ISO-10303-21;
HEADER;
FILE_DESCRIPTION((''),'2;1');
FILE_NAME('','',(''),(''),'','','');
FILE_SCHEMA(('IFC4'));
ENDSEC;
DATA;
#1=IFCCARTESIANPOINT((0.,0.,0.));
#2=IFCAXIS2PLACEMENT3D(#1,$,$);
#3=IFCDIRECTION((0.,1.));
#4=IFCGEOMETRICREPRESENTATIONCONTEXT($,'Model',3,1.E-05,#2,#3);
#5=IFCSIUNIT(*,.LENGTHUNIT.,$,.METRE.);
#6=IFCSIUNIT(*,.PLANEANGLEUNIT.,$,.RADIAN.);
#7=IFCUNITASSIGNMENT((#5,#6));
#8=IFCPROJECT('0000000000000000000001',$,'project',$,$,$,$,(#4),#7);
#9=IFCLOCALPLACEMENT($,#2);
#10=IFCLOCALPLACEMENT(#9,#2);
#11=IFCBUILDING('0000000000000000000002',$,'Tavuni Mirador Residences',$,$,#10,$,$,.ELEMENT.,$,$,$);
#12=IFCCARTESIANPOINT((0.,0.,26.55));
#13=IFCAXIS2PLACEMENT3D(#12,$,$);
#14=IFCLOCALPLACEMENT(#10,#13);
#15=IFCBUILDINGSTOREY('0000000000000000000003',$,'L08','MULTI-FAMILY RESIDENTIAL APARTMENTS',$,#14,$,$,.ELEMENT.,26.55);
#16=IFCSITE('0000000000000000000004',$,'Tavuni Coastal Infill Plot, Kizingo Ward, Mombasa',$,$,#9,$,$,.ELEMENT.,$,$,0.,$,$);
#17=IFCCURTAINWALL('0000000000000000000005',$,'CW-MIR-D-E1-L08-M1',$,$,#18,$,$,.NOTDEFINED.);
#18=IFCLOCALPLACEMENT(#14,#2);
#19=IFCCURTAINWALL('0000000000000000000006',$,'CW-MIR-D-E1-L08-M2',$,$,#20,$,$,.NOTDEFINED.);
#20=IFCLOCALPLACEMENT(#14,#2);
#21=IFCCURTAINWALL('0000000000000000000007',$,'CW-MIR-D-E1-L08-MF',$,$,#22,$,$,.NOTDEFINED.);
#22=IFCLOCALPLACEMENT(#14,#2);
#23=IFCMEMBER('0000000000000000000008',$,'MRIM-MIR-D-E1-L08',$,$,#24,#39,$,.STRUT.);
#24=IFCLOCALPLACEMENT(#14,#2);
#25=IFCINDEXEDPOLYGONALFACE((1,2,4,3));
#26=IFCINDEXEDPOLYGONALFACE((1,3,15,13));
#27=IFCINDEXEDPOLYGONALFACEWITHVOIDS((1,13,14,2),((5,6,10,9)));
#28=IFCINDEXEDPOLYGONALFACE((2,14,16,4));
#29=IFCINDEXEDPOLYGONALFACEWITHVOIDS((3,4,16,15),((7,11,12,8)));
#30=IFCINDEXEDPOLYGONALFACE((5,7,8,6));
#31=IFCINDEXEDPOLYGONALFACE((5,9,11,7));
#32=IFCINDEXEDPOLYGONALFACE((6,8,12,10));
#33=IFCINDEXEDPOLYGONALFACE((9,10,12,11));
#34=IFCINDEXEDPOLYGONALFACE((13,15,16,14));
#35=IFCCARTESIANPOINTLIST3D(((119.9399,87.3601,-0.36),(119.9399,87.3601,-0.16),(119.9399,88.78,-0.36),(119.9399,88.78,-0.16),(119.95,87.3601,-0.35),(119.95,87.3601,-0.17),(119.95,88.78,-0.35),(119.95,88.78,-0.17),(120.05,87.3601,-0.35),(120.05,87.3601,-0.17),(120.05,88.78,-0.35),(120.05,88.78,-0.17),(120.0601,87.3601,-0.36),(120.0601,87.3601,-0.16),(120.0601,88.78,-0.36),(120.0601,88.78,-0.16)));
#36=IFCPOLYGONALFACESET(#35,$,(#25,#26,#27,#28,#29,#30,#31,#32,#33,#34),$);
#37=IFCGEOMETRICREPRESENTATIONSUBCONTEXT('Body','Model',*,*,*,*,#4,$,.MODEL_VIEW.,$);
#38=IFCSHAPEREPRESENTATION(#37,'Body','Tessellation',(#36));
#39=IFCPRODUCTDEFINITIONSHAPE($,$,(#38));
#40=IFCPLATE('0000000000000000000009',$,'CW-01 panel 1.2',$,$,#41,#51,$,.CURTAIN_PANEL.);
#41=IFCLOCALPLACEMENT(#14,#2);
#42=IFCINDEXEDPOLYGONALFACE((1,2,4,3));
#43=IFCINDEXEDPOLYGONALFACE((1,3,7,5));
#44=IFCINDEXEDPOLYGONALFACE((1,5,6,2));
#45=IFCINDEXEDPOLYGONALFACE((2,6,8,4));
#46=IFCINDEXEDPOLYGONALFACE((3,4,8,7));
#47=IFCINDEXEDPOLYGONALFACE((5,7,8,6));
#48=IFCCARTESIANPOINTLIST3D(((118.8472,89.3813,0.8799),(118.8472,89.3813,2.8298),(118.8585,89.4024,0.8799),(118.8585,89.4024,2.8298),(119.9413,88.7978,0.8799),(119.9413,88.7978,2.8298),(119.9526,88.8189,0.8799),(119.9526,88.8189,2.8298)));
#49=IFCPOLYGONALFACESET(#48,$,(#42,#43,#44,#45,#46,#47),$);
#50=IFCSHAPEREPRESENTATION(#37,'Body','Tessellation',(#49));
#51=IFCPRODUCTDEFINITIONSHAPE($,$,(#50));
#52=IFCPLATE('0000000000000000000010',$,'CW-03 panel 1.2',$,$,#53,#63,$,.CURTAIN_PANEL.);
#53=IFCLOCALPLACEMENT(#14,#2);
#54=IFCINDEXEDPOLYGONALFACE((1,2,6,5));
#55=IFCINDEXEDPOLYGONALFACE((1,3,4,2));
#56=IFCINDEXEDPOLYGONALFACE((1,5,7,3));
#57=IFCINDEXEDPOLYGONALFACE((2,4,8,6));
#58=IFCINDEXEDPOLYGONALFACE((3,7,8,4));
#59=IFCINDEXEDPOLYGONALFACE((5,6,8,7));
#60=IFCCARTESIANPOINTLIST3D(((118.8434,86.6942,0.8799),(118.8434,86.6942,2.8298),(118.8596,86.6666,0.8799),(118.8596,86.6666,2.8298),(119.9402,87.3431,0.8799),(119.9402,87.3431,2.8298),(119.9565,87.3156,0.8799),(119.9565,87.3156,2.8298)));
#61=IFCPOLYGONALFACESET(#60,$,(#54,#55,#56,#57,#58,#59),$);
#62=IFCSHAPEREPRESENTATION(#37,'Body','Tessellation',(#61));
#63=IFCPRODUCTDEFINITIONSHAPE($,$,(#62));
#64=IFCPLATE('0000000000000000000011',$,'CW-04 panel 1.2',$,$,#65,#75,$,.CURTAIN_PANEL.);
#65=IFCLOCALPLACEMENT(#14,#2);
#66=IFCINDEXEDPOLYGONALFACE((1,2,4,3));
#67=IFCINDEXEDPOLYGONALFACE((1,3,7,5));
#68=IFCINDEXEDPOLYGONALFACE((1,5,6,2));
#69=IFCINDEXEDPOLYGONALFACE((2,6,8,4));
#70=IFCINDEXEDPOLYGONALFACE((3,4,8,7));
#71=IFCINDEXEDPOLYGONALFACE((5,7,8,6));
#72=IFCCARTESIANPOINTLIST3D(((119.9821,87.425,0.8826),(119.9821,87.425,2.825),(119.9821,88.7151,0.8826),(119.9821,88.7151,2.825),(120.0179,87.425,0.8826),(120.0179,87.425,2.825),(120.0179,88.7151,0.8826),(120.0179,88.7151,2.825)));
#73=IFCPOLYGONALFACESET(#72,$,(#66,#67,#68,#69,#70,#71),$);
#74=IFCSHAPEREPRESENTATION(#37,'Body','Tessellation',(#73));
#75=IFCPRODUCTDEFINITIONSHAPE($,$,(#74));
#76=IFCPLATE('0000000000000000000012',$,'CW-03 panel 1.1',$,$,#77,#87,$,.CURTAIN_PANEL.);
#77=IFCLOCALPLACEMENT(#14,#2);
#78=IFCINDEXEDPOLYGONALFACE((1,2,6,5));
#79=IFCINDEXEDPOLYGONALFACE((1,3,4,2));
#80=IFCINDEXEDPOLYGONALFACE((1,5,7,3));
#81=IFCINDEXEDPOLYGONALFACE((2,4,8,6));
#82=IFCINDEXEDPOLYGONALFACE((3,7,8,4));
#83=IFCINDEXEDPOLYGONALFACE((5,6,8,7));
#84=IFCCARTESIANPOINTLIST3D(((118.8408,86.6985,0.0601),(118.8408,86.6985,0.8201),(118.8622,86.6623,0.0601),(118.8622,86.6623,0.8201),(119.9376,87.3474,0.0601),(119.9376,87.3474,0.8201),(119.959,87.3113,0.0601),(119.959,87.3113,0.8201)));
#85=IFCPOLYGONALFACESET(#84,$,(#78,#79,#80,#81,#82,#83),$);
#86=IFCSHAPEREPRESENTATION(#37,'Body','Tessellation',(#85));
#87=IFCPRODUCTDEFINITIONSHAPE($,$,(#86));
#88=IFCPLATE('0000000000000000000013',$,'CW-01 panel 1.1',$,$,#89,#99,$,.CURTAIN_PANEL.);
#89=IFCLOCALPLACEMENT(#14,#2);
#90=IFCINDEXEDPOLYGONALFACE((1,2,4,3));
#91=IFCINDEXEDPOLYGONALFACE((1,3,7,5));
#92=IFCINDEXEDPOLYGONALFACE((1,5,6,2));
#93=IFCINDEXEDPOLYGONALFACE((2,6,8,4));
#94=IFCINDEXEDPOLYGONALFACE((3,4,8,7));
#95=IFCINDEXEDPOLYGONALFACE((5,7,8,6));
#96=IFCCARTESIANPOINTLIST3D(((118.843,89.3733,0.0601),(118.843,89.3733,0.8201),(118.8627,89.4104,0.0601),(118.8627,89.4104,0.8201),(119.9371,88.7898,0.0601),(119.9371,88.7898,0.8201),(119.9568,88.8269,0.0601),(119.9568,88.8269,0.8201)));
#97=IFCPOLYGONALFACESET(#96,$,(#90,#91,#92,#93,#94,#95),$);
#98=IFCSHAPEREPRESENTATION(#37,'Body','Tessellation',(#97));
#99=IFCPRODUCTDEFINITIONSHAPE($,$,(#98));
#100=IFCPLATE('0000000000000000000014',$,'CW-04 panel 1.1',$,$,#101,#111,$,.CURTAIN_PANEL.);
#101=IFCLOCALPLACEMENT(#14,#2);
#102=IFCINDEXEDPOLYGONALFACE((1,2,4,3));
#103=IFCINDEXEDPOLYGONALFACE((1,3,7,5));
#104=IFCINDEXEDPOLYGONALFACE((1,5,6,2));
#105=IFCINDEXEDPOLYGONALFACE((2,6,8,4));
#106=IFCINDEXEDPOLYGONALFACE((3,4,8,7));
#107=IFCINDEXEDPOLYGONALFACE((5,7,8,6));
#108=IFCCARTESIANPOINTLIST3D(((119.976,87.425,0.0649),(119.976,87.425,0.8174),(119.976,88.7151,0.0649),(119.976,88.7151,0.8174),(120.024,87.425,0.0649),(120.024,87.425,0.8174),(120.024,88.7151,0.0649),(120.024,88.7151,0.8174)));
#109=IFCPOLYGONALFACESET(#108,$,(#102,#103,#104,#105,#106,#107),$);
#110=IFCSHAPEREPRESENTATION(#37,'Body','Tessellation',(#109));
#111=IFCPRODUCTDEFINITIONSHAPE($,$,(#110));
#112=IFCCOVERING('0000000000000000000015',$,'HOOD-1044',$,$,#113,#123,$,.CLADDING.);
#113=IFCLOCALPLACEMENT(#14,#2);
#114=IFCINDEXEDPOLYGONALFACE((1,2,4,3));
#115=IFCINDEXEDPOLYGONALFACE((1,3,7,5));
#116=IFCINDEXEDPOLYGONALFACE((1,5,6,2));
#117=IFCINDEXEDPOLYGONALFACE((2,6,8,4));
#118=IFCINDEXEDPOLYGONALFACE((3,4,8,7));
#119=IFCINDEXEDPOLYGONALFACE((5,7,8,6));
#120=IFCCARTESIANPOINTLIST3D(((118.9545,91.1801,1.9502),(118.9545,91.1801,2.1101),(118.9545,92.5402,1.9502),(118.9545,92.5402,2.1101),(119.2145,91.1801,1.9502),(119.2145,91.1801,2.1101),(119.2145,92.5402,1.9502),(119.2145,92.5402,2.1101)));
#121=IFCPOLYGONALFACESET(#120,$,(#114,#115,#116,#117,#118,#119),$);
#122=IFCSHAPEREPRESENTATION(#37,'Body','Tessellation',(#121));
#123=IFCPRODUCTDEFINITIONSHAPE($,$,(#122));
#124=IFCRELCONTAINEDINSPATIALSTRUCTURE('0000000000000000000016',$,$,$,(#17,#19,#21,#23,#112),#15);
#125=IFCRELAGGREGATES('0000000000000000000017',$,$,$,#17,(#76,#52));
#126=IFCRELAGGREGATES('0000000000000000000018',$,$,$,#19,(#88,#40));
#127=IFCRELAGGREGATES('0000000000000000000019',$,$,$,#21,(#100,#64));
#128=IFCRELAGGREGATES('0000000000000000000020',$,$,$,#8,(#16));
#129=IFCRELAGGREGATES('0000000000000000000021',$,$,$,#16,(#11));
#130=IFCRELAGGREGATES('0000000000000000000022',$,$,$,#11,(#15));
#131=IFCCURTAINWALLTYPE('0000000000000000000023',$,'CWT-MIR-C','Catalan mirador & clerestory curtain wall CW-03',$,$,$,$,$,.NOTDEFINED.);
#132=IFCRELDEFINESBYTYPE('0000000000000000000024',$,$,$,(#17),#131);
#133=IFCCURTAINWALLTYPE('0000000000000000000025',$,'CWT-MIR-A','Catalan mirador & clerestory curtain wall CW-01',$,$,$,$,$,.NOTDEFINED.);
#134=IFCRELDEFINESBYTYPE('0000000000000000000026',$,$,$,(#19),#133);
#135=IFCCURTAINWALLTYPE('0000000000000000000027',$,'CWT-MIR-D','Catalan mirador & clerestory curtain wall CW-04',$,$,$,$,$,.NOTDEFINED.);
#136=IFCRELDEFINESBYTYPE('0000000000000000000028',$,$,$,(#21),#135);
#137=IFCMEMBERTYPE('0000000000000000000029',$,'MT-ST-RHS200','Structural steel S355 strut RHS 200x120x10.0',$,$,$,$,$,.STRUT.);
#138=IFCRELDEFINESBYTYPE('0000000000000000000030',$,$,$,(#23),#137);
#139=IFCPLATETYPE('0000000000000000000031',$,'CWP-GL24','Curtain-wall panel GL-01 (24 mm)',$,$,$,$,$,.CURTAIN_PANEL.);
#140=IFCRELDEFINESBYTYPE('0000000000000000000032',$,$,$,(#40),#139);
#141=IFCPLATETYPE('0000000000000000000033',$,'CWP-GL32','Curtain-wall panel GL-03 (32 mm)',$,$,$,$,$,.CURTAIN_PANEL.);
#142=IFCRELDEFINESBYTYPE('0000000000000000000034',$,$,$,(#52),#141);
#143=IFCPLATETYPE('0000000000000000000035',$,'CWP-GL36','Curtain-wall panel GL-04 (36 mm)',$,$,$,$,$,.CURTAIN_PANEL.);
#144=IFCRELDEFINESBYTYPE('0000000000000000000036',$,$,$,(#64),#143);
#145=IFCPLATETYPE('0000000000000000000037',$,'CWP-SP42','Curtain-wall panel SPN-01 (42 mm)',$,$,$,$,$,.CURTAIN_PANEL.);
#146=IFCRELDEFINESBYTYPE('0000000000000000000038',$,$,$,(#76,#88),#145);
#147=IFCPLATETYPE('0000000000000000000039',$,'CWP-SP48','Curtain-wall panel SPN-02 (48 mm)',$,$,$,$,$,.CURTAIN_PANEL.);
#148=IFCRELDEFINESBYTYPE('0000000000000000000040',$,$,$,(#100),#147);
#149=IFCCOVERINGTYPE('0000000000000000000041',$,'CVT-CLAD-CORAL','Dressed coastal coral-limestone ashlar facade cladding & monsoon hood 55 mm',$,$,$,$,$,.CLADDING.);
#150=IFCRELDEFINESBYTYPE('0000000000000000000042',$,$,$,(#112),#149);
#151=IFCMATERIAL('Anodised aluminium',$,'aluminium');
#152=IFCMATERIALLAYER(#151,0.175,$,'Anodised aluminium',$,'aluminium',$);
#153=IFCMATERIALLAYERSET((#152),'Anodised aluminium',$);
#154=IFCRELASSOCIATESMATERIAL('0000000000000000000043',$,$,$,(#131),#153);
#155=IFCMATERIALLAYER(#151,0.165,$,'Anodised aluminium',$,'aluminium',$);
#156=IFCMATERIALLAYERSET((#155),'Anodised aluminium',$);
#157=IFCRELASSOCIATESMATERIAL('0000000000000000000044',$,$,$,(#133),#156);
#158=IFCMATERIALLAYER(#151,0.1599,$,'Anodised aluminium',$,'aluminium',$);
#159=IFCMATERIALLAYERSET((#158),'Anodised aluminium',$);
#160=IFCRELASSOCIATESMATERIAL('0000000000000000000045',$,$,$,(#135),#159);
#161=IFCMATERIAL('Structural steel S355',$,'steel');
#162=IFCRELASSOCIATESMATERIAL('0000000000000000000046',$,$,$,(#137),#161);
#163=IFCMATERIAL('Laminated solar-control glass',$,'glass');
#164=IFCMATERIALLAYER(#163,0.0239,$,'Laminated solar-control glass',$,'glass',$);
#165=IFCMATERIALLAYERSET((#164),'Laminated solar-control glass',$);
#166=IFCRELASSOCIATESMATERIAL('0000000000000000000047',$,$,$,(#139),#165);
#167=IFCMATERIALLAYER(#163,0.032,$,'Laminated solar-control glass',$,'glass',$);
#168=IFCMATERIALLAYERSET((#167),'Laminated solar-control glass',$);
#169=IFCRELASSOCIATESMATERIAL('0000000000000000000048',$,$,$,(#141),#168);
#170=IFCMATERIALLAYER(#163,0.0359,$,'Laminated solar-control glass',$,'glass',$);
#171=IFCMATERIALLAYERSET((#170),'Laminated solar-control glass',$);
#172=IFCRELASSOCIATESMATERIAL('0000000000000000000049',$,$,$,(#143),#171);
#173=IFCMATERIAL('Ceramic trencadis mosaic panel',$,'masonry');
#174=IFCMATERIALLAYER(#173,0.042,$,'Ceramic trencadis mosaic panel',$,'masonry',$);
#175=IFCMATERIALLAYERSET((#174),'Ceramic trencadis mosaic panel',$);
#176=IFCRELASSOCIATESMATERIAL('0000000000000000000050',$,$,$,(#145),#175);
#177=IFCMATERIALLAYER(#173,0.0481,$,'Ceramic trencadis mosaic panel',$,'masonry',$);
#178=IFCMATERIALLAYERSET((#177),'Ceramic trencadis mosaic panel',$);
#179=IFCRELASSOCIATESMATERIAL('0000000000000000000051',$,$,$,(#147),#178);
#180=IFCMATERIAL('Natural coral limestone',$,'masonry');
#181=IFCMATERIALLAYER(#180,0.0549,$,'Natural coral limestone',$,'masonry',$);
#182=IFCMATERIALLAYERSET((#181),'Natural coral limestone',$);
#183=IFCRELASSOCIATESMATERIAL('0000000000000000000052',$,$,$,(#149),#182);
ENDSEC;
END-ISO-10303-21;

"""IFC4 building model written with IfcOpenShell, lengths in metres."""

from ifc_helpers import new_model, si_unit, direction, frame, origin, origin_2d, place, context, subcontext, project, spatial, rectangle, hollow_rectangle, extrude, material, layer, layer_set, material_profile, profile_set, type_object, element, aggregate, save


model = new_model("IFC4")

# Units and contexts
model_context = context("Model", 3, precision=1e-05, world=origin(), true_north=direction((0.0, 1.0)))
body_context = subcontext(model_context, "Body", "Model", "MODEL_VIEW")
ifc_project = project(units=[si_unit("LENGTHUNIT", "METRE"), si_unit("PLANEANGLEUNIT", "RADIAN")], contexts=[model_context])

# Site, building, storey
site_placement = place(None, origin())
site = spatial("IfcSite", under=ifc_project, at=site_placement, Name="Tavuni Coastal Infill Plot, Kizingo Ward, Mombasa", CompositionType="ELEMENT", RefElevation=0.0)
building_placement = place(site_placement, origin())
building = spatial("IfcBuilding", under=site, at=building_placement, Name="Tavuni Mirador Residences", CompositionType="ELEMENT")
storey_placement = place(building_placement, frame((0.0, 0.0, 26.55)))
storey = spatial("IfcBuildingStorey", under=building, at=storey_placement, Name="L08", Description="MULTI-FAMILY RESIDENTIAL APARTMENTS", CompositionType="ELEMENT", Elevation=26.55)

# Curtain walls
ifc_material_1 = material(Name="Anodised aluminium", Category="aluminium")
ifc_layer_1 = layer(ifc_material_1, 0.175, Name="Anodised aluminium", Category="aluminium")
ifc_layer_set_1 = layer_set([ifc_layer_1], Name="Anodised aluminium")
curtain_wall_type_1 = type_object("IfcCurtainWallType", Name="CWT-MIR-C", Description="Catalan mirador & clerestory curtain wall CW-03", PredefinedType="NOTDEFINED", material=ifc_layer_set_1)
curtain_wall_1_placement = place(storey_placement, origin())
curtain_wall_1 = element("IfcCurtainWall", 1, at=curtain_wall_1_placement, inside=storey, type_object=curtain_wall_type_1, Name="CW-MIR-D-E1-L08-M1", PredefinedType="NOTDEFINED")
ifc_layer_2 = layer(ifc_material_1, 0.165, Name="Anodised aluminium", Category="aluminium")
ifc_layer_set_2 = layer_set([ifc_layer_2], Name="Anodised aluminium")
curtain_wall_type_2 = type_object("IfcCurtainWallType", Name="CWT-MIR-A", Description="Catalan mirador & clerestory curtain wall CW-01", PredefinedType="NOTDEFINED", material=ifc_layer_set_2)
curtain_wall_2_placement = place(storey_placement, origin())
curtain_wall_2 = element("IfcCurtainWall", 2, at=curtain_wall_2_placement, inside=storey, type_object=curtain_wall_type_2, Name="CW-MIR-D-E1-L08-M2", PredefinedType="NOTDEFINED")

# Curtain wall
ifc_layer_3 = layer(ifc_material_1, 0.1599, Name="Anodised aluminium", Category="aluminium")
ifc_layer_set_3 = layer_set([ifc_layer_3], Name="Anodised aluminium")
curtain_wall_type_3 = type_object("IfcCurtainWallType", Name="CWT-MIR-D", Description="Catalan mirador & clerestory curtain wall CW-04", PredefinedType="NOTDEFINED", material=ifc_layer_set_3)
curtain_wall_3_placement = place(storey_placement, origin())
curtain_wall_3 = element("IfcCurtainWall", 3, at=curtain_wall_3_placement, inside=storey, type_object=curtain_wall_type_3, Name="CW-MIR-D-E1-L08-MF", PredefinedType="NOTDEFINED")

# Member
ifc_material_2 = material(Name="Structural steel S355", Category="steel")
ifc_material_profile_1 = material_profile(ifc_material_2, hollow_rectangle(XDim=0.1201, YDim=0.2, WallThickness=0.01, at=origin_2d()), Name="RHS 200x120x10.0", Category="steel")
ifc_profile_set_1 = profile_set([ifc_material_profile_1], Name="Structural steel S355")
member_type_1 = type_object("IfcMemberType", Name="MT-ST-RHS200", Description="Structural steel S355 strut RHS 200x120x10.0", PredefinedType="STRUT", material=ifc_profile_set_1)
member_1_placement = place(storey_placement, frame((120.0, 87.3601, -0.26), z_axis=(0.0, 1.0, 0.0), x_axis=(-1.0, 0.0, 0.0)))
element("IfcMember", 4, at=member_1_placement, inside=storey, type_object=member_type_1, Name="MRIM-MIR-D-E1-L08", PredefinedType="STRUT", context=body_context, shape_type="SweptSolid", body=[
    extrude(hollow_rectangle(XDim=0.1201, YDim=0.2, WallThickness=0.01, at=origin_2d()), origin(), (0.0, 0.0, 1.0), 1.4199),
])

# Plates
ifc_material_3 = material(Name="Laminated solar-control glass", Category="glass")
ifc_layer_4 = layer(ifc_material_3, 0.0239, Name="Laminated solar-control glass", Category="glass")
ifc_layer_set_4 = layer_set([ifc_layer_4], Name="Laminated solar-control glass")
plate_type_1 = type_object("IfcPlateType", Name="CWP-GL24", Description="Curtain-wall panel GL-01 (24 mm)", PredefinedType="CURTAIN_PANEL", material=ifc_layer_set_4)
plate_1_placement = place(storey_placement, frame((119.3999, 89.1001, 0.8799), z_axis=(0.0, 0.0, 1.0), x_axis=(-0.882353, 0.470588, 0.0)))
plate_1 = element("IfcPlate", 5, at=plate_1_placement, type_object=plate_type_1, Name="CW-01 panel 1.2", PredefinedType="CURTAIN_PANEL", context=body_context, shape_type="SweptSolid", body=[
    extrude(rectangle(XDim=1.24, YDim=0.0239, at=origin_2d()), origin(), (0.0, 0.0, 1.0), 1.95),
])
ifc_layer_5 = layer(ifc_material_3, 0.032, Name="Laminated solar-control glass", Category="glass")
ifc_layer_set_5 = layer_set([ifc_layer_5], Name="Laminated solar-control glass")
plate_type_2 = type_object("IfcPlateType", Name="CWP-GL32", Description="Curtain-wall panel GL-03 (32 mm)", PredefinedType="CURTAIN_PANEL", material=ifc_layer_set_5)
plate_2_placement = place(storey_placement, frame((119.3999, 87.0049, 0.8799), z_axis=(0.0, 0.0, 1.0), x_axis=(0.860641, 0.509212, 0.0)))
plate_2 = element("IfcPlate", 6, at=plate_2_placement, type_object=plate_type_2, Name="CW-03 panel 1.2", PredefinedType="CURTAIN_PANEL", context=body_context, shape_type="SweptSolid", body=[
    extrude(rectangle(XDim=1.2744, YDim=0.032, at=origin_2d()), origin(), (0.0, 0.0, 1.0), 1.95),
])
ifc_layer_6 = layer(ifc_material_3, 0.0359, Name="Laminated solar-control glass", Category="glass")
ifc_layer_set_6 = layer_set([ifc_layer_6], Name="Laminated solar-control glass")
plate_type_3 = type_object("IfcPlateType", Name="CWP-GL36", Description="Curtain-wall panel GL-04 (36 mm)", PredefinedType="CURTAIN_PANEL", material=ifc_layer_set_6)
plate_3_placement = place(storey_placement, frame((120.0, 88.0701, 0.8826), z_axis=(0.0, 0.0, 1.0), x_axis=(0.0, 1.0, 0.0)))
plate_3 = element("IfcPlate", 7, at=plate_3_placement, type_object=plate_type_3, Name="CW-04 panel 1.2", PredefinedType="CURTAIN_PANEL", context=body_context, shape_type="SweptSolid", body=[
    extrude(rectangle(XDim=1.29, YDim=0.0359, at=origin_2d()), origin(), (0.0, 0.0, 1.0), 1.9424),
])
ifc_material_4 = material(Name="Ceramic trencadis mosaic panel", Category="masonry")
ifc_layer_7 = layer(ifc_material_4, 0.042, Name="Ceramic trencadis mosaic panel", Category="masonry")
ifc_layer_set_7 = layer_set([ifc_layer_7], Name="Ceramic trencadis mosaic panel")
plate_type_4 = type_object("IfcPlateType", Name="CWP-SP42", Description="Curtain-wall panel SPN-01 (42 mm)", PredefinedType="CURTAIN_PANEL", material=ifc_layer_set_7)
plate_4_placement = place(storey_placement, frame((119.3999, 87.0049, 0.0601), z_axis=(0.0, 0.0, 1.0), x_axis=(0.860641, 0.509212, 0.0)))
plate_4 = element("IfcPlate", 8, at=plate_4_placement, type_object=plate_type_4, Name="CW-03 panel 1.1", PredefinedType="CURTAIN_PANEL", context=body_context, shape_type="SweptSolid", body=[
    extrude(rectangle(XDim=1.2744, YDim=0.042, at=origin_2d()), origin(), (0.0, 0.0, 1.0), 0.76),
])
aggregate(curtain_wall_1, [plate_4, plate_2])
plate_5_placement = place(storey_placement, frame((119.3999, 89.1001, 0.0601), z_axis=(0.0, 0.0, 1.0), x_axis=(-0.882353, 0.470588, 0.0)))
plate_5 = element("IfcPlate", 9, at=plate_5_placement, type_object=plate_type_4, Name="CW-01 panel 1.1", PredefinedType="CURTAIN_PANEL", context=body_context, shape_type="SweptSolid", body=[
    extrude(rectangle(XDim=1.24, YDim=0.042, at=origin_2d()), origin(), (0.0, 0.0, 1.0), 0.76),
])
aggregate(curtain_wall_2, [plate_5, plate_1])
ifc_layer_8 = layer(ifc_material_4, 0.0481, Name="Ceramic trencadis mosaic panel", Category="masonry")
ifc_layer_set_8 = layer_set([ifc_layer_8], Name="Ceramic trencadis mosaic panel")
plate_type_5 = type_object("IfcPlateType", Name="CWP-SP48", Description="Curtain-wall panel SPN-02 (48 mm)", PredefinedType="CURTAIN_PANEL", material=ifc_layer_set_8)
plate_6_placement = place(storey_placement, frame((120.0, 88.0701, 0.0649), z_axis=(0.0, 0.0, 1.0), x_axis=(0.0, 1.0, 0.0)))
plate_6 = element("IfcPlate", 10, at=plate_6_placement, type_object=plate_type_5, Name="CW-04 panel 1.1", PredefinedType="CURTAIN_PANEL", context=body_context, shape_type="SweptSolid", body=[
    extrude(rectangle(XDim=1.29, YDim=0.0481, at=origin_2d()), origin(), (0.0, 0.0, 1.0), 0.7524),
])
aggregate(curtain_wall_3, [plate_6, plate_3])

# Covering
ifc_material_5 = material(Name="Natural coral limestone", Category="masonry")
ifc_layer_9 = layer(ifc_material_5, 0.0549, Name="Natural coral limestone", Category="masonry")
ifc_layer_set_9 = layer_set([ifc_layer_9], Name="Natural coral limestone")
covering_type = type_object("IfcCoveringType", Name="CVT-CLAD-CORAL", Description="Dressed coastal coral-limestone ashlar facade cladding & monsoon hood 55 mm", PredefinedType="CLADDING", material=ifc_layer_set_9)
covering_placement = place(storey_placement, frame((119.0845, 91.8601, 1.9502), z_axis=(0.0, 0.0, 1.0), x_axis=(0.0, 1.0, 0.0)))
element("IfcCovering", 11, at=covering_placement, inside=storey, type_object=covering_type, Name="HOOD-1044", PredefinedType="CLADDING", context=body_context, shape_type="SweptSolid", body=[
    extrude(rectangle(XDim=1.3601, YDim=0.26, at=origin_2d()), origin(), (0.0, 0.0, 1.0), 0.1599),
])

save(model, "model.ifc")
